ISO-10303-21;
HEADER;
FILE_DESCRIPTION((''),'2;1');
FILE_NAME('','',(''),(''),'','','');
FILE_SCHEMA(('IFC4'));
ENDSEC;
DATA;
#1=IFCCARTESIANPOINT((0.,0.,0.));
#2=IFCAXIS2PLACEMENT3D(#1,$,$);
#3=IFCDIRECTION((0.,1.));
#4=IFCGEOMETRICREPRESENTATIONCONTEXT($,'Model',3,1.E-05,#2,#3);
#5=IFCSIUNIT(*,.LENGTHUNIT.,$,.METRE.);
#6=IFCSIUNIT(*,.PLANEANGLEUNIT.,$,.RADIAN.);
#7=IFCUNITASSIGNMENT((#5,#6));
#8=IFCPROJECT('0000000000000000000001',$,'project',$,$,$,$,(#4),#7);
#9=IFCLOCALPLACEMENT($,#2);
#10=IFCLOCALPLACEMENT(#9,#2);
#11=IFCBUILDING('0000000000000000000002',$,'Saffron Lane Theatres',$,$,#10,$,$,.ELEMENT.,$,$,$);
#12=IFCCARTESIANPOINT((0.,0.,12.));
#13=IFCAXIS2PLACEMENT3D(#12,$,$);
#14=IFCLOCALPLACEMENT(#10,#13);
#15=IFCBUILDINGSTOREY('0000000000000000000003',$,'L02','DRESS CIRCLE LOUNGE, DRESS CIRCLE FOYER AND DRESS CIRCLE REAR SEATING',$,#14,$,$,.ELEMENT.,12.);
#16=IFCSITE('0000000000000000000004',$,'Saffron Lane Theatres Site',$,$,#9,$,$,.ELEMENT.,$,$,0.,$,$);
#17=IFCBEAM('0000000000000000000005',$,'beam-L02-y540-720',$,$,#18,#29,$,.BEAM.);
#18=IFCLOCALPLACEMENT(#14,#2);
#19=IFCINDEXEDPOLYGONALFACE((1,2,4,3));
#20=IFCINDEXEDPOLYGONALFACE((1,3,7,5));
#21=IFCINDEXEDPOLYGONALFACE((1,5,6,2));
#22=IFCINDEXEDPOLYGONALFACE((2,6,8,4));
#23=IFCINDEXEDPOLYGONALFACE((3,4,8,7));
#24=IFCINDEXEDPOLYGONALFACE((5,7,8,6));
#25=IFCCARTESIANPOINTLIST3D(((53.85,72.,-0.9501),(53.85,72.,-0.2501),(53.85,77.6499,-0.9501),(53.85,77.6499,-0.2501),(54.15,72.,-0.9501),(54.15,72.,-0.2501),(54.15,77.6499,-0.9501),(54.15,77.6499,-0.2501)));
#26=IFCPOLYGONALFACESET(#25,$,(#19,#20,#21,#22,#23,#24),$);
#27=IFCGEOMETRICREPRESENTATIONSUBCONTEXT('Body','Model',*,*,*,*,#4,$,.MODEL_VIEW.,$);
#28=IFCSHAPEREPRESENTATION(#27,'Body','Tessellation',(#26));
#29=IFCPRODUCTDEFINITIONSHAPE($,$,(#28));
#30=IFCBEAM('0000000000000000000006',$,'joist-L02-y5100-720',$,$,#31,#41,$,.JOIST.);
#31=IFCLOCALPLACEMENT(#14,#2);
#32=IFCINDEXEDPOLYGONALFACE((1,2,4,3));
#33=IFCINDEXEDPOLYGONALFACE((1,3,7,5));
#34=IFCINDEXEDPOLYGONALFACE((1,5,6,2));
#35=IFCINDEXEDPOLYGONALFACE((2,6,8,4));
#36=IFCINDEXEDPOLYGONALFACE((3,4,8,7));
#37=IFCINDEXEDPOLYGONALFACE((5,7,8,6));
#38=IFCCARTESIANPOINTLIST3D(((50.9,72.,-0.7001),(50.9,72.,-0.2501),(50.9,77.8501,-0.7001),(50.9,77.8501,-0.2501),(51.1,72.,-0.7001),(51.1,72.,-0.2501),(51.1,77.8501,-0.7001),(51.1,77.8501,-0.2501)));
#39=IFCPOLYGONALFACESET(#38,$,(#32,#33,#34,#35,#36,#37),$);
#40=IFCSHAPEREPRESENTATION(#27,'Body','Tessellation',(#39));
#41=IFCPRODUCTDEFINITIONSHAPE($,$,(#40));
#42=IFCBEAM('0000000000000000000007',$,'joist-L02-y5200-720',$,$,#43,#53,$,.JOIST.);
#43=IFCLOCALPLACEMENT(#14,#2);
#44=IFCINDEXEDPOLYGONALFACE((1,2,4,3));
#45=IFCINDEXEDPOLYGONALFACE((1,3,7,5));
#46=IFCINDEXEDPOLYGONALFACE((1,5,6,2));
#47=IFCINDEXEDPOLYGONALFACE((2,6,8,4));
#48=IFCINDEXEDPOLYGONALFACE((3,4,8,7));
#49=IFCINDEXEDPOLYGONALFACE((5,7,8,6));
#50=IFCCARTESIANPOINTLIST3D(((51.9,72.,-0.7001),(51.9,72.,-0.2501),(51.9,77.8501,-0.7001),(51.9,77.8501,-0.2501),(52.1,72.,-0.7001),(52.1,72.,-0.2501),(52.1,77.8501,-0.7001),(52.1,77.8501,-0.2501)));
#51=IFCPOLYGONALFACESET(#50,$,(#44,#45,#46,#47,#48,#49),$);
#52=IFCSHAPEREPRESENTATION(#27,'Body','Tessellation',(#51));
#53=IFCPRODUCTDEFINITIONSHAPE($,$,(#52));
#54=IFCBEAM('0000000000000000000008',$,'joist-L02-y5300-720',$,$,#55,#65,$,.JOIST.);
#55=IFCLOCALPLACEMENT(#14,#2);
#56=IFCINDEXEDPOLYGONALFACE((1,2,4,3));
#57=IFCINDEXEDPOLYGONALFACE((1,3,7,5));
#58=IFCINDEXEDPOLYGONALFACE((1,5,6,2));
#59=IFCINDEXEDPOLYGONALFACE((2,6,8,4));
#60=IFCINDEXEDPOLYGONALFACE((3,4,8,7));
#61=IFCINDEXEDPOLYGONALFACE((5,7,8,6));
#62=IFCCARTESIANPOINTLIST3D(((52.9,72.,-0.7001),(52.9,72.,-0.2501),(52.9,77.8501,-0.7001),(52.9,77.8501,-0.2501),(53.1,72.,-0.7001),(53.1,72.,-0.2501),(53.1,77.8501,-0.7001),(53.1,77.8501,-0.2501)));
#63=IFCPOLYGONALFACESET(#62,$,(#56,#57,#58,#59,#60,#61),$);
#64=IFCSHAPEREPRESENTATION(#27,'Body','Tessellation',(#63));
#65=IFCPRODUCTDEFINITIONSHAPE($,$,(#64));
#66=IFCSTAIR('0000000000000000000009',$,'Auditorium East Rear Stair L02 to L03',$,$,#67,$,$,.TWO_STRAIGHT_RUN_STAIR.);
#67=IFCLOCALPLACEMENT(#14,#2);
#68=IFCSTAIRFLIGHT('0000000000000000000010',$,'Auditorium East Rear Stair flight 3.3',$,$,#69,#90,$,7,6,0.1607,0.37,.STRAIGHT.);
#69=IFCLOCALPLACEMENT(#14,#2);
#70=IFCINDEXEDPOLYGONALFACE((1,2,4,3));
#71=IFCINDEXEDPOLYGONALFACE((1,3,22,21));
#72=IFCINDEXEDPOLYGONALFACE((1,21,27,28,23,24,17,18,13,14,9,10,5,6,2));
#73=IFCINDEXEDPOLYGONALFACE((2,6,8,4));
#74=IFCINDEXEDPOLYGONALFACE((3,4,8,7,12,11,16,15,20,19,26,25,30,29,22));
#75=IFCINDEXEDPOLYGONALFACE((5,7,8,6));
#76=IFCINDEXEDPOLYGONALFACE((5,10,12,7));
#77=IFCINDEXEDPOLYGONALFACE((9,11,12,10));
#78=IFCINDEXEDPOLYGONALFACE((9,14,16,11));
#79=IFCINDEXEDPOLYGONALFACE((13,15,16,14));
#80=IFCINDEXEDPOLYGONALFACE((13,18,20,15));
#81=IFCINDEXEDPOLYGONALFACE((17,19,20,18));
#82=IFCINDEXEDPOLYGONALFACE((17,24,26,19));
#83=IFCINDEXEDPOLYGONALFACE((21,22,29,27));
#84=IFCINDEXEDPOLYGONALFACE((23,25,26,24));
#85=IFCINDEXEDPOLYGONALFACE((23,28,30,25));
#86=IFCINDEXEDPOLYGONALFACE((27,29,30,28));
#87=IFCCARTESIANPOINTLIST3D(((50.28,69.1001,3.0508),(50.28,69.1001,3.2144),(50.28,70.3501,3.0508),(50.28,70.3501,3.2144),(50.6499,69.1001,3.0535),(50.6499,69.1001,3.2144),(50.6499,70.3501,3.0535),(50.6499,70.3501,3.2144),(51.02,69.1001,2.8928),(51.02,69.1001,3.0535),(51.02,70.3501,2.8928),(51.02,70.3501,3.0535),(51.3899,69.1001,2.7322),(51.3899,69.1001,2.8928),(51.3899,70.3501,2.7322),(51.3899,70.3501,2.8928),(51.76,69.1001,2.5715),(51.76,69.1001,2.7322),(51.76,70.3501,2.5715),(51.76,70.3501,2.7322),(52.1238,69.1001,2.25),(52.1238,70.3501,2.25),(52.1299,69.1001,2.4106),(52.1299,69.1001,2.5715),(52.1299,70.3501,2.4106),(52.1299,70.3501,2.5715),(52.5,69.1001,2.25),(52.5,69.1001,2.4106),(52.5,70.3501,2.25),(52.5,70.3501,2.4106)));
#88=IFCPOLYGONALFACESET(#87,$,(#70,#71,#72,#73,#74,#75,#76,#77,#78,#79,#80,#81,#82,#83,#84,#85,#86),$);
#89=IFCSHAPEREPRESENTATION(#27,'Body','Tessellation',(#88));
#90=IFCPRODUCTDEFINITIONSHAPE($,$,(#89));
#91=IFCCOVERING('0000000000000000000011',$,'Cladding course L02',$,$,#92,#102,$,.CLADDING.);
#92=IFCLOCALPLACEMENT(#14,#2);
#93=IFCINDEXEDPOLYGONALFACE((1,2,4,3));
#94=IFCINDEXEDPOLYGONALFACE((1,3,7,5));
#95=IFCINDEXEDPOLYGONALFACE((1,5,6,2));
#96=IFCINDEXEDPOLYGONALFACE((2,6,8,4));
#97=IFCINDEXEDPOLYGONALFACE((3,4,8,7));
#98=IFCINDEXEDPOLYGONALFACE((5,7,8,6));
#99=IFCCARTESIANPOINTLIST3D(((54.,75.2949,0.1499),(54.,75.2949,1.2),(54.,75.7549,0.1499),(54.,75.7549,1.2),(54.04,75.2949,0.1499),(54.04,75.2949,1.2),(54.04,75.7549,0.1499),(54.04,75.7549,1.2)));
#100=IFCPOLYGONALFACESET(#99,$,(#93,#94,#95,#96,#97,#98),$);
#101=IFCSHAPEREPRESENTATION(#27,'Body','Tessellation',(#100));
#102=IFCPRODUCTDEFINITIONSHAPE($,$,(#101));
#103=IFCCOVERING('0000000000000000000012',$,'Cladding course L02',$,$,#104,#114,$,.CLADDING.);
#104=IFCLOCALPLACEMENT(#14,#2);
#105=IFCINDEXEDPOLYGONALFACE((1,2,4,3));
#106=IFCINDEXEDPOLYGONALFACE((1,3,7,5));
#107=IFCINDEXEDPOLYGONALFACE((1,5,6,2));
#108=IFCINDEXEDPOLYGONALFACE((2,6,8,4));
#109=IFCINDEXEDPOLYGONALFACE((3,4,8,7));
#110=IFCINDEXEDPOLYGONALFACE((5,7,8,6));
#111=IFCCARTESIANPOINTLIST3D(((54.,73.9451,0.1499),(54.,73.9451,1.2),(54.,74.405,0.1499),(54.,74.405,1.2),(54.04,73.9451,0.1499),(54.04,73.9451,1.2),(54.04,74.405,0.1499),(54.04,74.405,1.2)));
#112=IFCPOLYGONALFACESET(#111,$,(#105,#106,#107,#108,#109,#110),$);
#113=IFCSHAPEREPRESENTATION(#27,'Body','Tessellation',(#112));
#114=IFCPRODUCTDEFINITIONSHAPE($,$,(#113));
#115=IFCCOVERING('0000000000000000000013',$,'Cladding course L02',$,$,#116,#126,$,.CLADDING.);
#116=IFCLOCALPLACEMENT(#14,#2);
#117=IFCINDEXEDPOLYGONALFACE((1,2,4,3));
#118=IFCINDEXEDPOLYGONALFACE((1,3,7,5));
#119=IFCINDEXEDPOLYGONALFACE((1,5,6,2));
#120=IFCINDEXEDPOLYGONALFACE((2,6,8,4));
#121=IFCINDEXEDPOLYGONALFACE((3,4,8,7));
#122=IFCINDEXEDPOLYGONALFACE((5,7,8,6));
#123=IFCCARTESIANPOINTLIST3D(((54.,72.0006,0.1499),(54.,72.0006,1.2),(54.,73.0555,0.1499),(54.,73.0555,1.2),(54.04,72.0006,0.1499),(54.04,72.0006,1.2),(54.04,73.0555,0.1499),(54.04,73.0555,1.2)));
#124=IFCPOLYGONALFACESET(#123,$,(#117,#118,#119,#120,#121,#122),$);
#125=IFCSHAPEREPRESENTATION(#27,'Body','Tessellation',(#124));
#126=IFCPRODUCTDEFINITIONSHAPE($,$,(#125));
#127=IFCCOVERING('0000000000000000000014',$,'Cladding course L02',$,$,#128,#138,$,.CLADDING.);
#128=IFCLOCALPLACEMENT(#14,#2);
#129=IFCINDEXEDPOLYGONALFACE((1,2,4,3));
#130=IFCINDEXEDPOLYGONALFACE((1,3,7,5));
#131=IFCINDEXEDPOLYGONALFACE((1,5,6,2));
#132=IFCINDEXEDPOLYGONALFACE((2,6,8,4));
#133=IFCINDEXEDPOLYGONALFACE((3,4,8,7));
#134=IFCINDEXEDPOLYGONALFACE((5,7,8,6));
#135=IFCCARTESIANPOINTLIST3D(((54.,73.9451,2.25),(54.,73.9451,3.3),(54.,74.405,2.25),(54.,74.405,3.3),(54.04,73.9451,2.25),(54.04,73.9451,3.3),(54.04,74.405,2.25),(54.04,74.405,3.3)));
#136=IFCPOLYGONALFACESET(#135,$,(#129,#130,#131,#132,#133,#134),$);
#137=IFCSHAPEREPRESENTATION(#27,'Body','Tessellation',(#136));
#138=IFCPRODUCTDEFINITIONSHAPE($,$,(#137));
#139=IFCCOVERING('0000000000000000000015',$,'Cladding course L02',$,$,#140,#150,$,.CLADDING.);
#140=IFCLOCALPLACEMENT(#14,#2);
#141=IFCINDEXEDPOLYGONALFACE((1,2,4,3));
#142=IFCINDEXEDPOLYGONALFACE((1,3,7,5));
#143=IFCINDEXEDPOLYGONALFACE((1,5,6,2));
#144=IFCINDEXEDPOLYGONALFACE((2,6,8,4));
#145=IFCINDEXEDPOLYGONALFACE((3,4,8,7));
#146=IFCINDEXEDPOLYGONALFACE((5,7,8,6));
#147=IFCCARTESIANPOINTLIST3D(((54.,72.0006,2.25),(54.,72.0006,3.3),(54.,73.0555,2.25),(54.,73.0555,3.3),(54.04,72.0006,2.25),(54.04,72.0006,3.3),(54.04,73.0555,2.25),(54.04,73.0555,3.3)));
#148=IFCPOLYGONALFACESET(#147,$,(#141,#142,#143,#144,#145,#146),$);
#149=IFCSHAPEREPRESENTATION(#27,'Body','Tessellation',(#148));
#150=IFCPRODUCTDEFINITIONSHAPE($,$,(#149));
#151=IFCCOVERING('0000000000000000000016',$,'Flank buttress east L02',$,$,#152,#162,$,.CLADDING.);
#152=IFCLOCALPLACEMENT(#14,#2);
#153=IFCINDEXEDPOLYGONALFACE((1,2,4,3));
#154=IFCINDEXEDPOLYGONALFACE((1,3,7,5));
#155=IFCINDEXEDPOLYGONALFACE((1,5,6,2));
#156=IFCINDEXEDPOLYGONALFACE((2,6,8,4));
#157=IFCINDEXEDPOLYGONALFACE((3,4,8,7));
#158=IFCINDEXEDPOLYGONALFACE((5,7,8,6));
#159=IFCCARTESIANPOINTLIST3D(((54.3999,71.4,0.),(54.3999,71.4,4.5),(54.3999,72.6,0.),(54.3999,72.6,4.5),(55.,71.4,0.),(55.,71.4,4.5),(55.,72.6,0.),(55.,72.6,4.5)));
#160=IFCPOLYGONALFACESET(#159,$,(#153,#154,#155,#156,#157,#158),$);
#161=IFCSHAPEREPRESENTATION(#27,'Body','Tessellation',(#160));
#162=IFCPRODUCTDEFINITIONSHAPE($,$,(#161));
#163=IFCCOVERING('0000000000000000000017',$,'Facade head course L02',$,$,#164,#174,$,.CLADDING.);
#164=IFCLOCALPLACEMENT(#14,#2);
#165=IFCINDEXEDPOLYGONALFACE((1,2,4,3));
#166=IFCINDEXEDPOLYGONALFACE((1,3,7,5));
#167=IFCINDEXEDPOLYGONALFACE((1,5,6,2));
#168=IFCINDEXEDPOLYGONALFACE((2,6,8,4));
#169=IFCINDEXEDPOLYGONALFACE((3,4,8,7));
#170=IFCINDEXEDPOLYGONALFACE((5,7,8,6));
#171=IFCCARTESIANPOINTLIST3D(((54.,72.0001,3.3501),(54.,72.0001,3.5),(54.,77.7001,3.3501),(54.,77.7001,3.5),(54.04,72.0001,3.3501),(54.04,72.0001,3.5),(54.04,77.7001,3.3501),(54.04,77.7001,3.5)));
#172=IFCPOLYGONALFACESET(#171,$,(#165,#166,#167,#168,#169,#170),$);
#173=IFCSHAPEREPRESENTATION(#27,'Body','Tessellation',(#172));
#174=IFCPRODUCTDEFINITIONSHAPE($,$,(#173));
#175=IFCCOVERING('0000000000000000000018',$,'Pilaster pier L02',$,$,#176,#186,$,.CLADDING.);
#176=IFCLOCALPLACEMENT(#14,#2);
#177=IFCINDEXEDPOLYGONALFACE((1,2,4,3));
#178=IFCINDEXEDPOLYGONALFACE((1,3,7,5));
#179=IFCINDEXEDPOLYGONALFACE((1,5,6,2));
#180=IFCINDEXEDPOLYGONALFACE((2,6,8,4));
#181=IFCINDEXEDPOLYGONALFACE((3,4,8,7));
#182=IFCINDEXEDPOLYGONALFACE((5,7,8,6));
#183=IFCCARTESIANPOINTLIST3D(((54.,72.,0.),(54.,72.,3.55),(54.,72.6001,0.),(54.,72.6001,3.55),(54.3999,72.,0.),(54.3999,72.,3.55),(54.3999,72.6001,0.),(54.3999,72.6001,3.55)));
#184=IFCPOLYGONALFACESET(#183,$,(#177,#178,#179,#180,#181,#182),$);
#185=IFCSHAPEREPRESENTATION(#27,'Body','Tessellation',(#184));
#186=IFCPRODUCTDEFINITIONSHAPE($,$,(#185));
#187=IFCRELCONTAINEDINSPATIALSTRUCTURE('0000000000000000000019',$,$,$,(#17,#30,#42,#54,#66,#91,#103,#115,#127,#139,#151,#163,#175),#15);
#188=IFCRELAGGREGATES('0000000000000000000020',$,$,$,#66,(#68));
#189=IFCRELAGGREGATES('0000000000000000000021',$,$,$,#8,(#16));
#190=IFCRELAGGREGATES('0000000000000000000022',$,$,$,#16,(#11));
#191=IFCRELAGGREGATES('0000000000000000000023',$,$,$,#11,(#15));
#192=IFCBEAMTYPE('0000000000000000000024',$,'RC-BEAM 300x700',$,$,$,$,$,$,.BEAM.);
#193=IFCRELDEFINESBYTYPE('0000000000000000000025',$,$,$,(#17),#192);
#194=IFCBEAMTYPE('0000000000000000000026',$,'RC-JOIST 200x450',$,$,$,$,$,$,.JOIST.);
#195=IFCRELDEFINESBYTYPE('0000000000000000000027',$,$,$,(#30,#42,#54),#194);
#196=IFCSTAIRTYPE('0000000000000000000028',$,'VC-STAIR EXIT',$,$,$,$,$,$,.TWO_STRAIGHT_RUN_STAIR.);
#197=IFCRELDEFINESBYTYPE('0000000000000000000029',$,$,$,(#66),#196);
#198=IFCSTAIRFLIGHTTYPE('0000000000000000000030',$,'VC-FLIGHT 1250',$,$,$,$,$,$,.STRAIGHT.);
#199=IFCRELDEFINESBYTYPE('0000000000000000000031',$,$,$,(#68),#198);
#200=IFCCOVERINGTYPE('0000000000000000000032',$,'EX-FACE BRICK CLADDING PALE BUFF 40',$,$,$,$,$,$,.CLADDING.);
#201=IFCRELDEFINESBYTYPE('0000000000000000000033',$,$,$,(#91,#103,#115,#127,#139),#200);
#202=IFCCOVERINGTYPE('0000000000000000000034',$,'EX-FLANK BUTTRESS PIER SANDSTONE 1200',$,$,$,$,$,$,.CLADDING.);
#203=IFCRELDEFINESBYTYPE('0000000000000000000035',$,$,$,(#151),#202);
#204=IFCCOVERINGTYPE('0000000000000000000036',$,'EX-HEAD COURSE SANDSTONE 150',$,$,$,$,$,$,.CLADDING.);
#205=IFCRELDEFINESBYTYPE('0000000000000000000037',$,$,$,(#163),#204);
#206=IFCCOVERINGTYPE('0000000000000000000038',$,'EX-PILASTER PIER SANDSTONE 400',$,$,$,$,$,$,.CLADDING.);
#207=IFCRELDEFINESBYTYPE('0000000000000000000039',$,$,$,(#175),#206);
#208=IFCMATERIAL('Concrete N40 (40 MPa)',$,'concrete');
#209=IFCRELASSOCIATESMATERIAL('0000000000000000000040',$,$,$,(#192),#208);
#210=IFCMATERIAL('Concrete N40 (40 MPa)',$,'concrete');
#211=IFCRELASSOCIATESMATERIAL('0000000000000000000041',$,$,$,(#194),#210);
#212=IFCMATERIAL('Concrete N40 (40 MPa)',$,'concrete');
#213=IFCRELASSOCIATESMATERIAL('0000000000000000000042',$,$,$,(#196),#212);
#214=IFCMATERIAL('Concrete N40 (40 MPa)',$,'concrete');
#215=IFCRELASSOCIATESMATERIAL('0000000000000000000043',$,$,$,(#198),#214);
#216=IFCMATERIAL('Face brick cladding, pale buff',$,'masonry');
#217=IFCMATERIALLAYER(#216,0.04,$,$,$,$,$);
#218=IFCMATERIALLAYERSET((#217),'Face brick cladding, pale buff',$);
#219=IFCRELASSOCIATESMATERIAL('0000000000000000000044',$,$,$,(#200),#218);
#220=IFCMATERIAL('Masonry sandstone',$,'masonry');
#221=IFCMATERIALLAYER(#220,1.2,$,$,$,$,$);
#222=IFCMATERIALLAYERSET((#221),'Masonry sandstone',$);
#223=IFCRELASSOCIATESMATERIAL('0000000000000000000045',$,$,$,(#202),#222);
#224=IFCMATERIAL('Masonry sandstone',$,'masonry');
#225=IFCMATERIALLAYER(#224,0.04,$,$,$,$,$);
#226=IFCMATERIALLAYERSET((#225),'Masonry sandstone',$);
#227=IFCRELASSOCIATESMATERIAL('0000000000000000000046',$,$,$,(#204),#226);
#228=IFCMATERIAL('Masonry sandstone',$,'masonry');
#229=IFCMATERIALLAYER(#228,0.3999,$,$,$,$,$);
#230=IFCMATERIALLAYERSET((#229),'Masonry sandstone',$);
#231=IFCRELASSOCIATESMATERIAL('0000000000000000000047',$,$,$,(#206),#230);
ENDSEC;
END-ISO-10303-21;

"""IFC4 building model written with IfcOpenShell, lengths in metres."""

from ifc_helpers import new_model, si_unit, direction, frame, origin, origin_2d, place, context, subcontext, project, spatial, polyline, rectangle, outline, extrude, material, layer, layer_set, material_profile, profile_set, type_object, element, aggregate, save


model = new_model("IFC4")

# Units and contexts
model_context = context("Model", 3, precision=1e-05, world=origin(), true_north=direction((0.0, 1.0)))
body_context = subcontext(model_context, "Body", "Model", "MODEL_VIEW")
ifc_project = project(units=[si_unit("LENGTHUNIT", "METRE"), si_unit("PLANEANGLEUNIT", "RADIAN")], contexts=[model_context])

# Site, building, storey
site_placement = place(None, origin())
site = spatial("IfcSite", under=ifc_project, at=site_placement, Name="Saffron Lane Theatres Site", CompositionType="ELEMENT", RefElevation=0.0)
building_placement = place(site_placement, origin())
building = spatial("IfcBuilding", under=site, at=building_placement, Name="Saffron Lane Theatres", CompositionType="ELEMENT")
storey_placement = place(building_placement, frame((0.0, 0.0, 12.0)))
storey = spatial("IfcBuildingStorey", under=building, at=storey_placement, Name="L02", Description="DRESS CIRCLE LOUNGE, DRESS CIRCLE FOYER AND DRESS CIRCLE REAR SEATING", CompositionType="ELEMENT", Elevation=12.0)

# Beams
ifc_material_1 = material(Name="Concrete N40 (40 MPa)", Category="concrete")
ifc_material_profile_1 = material_profile(ifc_material_1, rectangle(XDim=0.3, YDim=0.7, at=origin_2d()))
ifc_profile_set_1 = profile_set([ifc_material_profile_1], Name="Concrete N40 (40 MPa)")
beam_type_1 = type_object("IfcBeamType", Name="RC-BEAM 300x700", PredefinedType="BEAM", material=ifc_profile_set_1)
beam_placement = place(storey_placement, frame((54.0, 72.0, -0.6001), z_axis=(0.0, 1.0, 0.0), x_axis=(-1.0, 0.0, 0.0)))
element("IfcBeam", 1, at=beam_placement, inside=storey, type_object=beam_type_1, Name="beam-L02-y540-720", PredefinedType="BEAM", context=body_context, shape_type="SweptSolid", body=[
    extrude(rectangle(XDim=0.3, YDim=0.7, at=origin_2d()), origin(), (0.0, 0.0, 1.0), 5.6499),
])
ifc_material_2 = material(Name="Concrete N40 (40 MPa)", Category="concrete")
ifc_material_profile_2 = material_profile(ifc_material_2, rectangle(XDim=0.2, YDim=0.45, at=origin_2d()))
ifc_profile_set_2 = profile_set([ifc_material_profile_2], Name="Concrete N40 (40 MPa)")
beam_type_2 = type_object("IfcBeamType", Name="RC-JOIST 200x450", PredefinedType="JOIST", material=ifc_profile_set_2)
for number, where, z_axis, x_axis, name in (
    (2, (51.0, 72.0, -0.4751), (0.0, 1.0, 0.0), (-1.0, 0.0, 0.0), "joist-L02-y5100-720"),
    (3, (52.0, 72.0, -0.4751), (0.0, 1.0, 0.0), (-1.0, 0.0, 0.0), "joist-L02-y5200-720"),
    (4, (53.0, 72.0, -0.4751), (0.0, 1.0, 0.0), (-1.0, 0.0, 0.0), "joist-L02-y5300-720"),
):
    element("IfcBeam", number, at=place(storey_placement, frame(where, z_axis=z_axis, x_axis=x_axis)), inside=storey, type_object=beam_type_2, Name=name, PredefinedType="JOIST", context=body_context, shape_type="SweptSolid", body=[
        extrude(rectangle(XDim=0.2, YDim=0.45, at=origin_2d()), origin(), (0.0, 0.0, 1.0), 5.8501),
    ])

# Stair, stair flight
ifc_material_3 = material(Name="Concrete N40 (40 MPa)", Category="concrete")
stair_type = type_object("IfcStairType", Name="VC-STAIR EXIT", PredefinedType="TWO_STRAIGHT_RUN_STAIR", material=ifc_material_3)
stair_placement = place(storey_placement, origin())
stair = element("IfcStair", 5, at=stair_placement, inside=storey, type_object=stair_type, Name="Auditorium East Rear Stair L02 to L03", PredefinedType="TWO_STRAIGHT_RUN_STAIR")
ifc_material_4 = material(Name="Concrete N40 (40 MPa)", Category="concrete")
stair_flight_type = type_object("IfcStairFlightType", Name="VC-FLIGHT 1250", PredefinedType="STRAIGHT", material=ifc_material_4)
stair_flight_placement = place(storey_placement, frame((52.5, 69.7251, 2.25), z_axis=(0.0, 0.0, 1.0), x_axis=(-1.0, 0.0, 0.0)))
stair_flight = element("IfcStairFlight", 6, at=stair_flight_placement, type_object=stair_flight_type, Name="Auditorium East Rear Stair flight 3.3", NumberOfRisers=7, NumberOfTreads=6, PredefinedType="STRAIGHT", RiserHeight=0.1607, TreadLength=0.37, context=body_context, shape_type="SweptSolid", body=[
    extrude(outline(polyline([(0.0, 0.0), (0.0, 0.1606), (0.3701, 0.1606), (0.3701, 0.3215), (0.74, 0.3215), (0.74, 0.4822), (1.1101, 0.4822), (1.1101, 0.6428), (1.48, 0.6428), (1.48, 0.8035), (1.8501, 0.8035), (1.8501, 0.9644), (2.22, 0.9644), (2.22, 1.125), (2.22, 0.8008), (0.3762, 0.0), (0.0, 0.0)])), frame((0.0, 0.625, 0.0), z_axis=(0.0, -1.0, 0.0), x_axis=(1.0, 0.0, 0.0)), (0.0, 0.0, 1.0), 1.25),
])
aggregate(stair, [stair_flight])

# Coverings
ifc_material_5 = material(Name="Face brick cladding, pale buff", Category="masonry")
ifc_layer_1 = layer(ifc_material_5, 0.04)
ifc_layer_set_1 = layer_set([ifc_layer_1], Name="Face brick cladding, pale buff")
covering_type_1 = type_object("IfcCoveringType", Name="EX-FACE BRICK CLADDING PALE BUFF 40", PredefinedType="CLADDING", material=ifc_layer_set_1)
for number, where, z_axis, x_axis, name in (
    (7, (54.02, 75.5249, 0.1499), (0.0, 0.0, 1.0), (0.0, -1.0, 0.0), "Cladding course L02"),
    (8, (54.02, 74.175, 0.1499), (0.0, 0.0, 1.0), (0.0, -1.0, 0.0), "Cladding course L02"),
):
    element("IfcCovering", number, at=place(storey_placement, frame(where, z_axis=z_axis, x_axis=x_axis)), inside=storey, type_object=covering_type_1, Name=name, PredefinedType="CLADDING", context=body_context, shape_type="SweptSolid", body=[
        extrude(rectangle(XDim=0.46, YDim=0.04, at=origin_2d()), origin(), (0.0, 0.0, 1.0), 1.05),
    ])
covering_1_placement = place(storey_placement, frame((54.02, 72.5281, 0.1499), z_axis=(0.0, 0.0, 1.0), x_axis=(0.0, -1.0, 0.0)))
element("IfcCovering", 9, at=covering_1_placement, inside=storey, type_object=covering_type_1, Name="Cladding course L02", PredefinedType="CLADDING", context=body_context, shape_type="SweptSolid", body=[
    extrude(rectangle(XDim=1.0549, YDim=0.04, at=origin_2d()), origin(), (0.0, 0.0, 1.0), 1.05),
])
covering_2_placement = place(storey_placement, frame((54.02, 74.175, 2.25), z_axis=(0.0, 0.0, 1.0), x_axis=(0.0, -1.0, 0.0)))
element("IfcCovering", 10, at=covering_2_placement, inside=storey, type_object=covering_type_1, Name="Cladding course L02", PredefinedType="CLADDING", context=body_context, shape_type="SweptSolid", body=[
    extrude(rectangle(XDim=0.46, YDim=0.04, at=origin_2d()), origin(), (0.0, 0.0, 1.0), 1.05),
])
covering_3_placement = place(storey_placement, frame((54.02, 72.5281, 2.25), z_axis=(0.0, 0.0, 1.0), x_axis=(0.0, -1.0, 0.0)))
element("IfcCovering", 11, at=covering_3_placement, inside=storey, type_object=covering_type_1, Name="Cladding course L02", PredefinedType="CLADDING", context=body_context, shape_type="SweptSolid", body=[
    extrude(rectangle(XDim=1.0549, YDim=0.04, at=origin_2d()), origin(), (0.0, 0.0, 1.0), 1.05),
])
ifc_material_6 = material(Name="Masonry sandstone", Category="masonry")
ifc_layer_2 = layer(ifc_material_6, 1.2)
ifc_layer_set_2 = layer_set([ifc_layer_2], Name="Masonry sandstone")
covering_type_2 = type_object("IfcCoveringType", Name="EX-FLANK BUTTRESS PIER SANDSTONE 1200", PredefinedType="CLADDING", material=ifc_layer_set_2)
covering_4_placement = place(storey_placement, frame((54.7, 72.0, 0.0), z_axis=(0.0, 0.0, 1.0), x_axis=(0.0, 1.0, 0.0)))
element("IfcCovering", 12, at=covering_4_placement, inside=storey, type_object=covering_type_2, Name="Flank buttress east L02", PredefinedType="CLADDING", context=body_context, shape_type="SweptSolid", body=[
    extrude(rectangle(XDim=1.2, YDim=0.6001, at=origin_2d()), origin(), (0.0, 0.0, 1.0), 4.5),
])
ifc_material_7 = material(Name="Masonry sandstone", Category="masonry")
ifc_layer_3 = layer(ifc_material_7, 0.04)
ifc_layer_set_3 = layer_set([ifc_layer_3], Name="Masonry sandstone")
covering_type_3 = type_object("IfcCoveringType", Name="EX-HEAD COURSE SANDSTONE 150", PredefinedType="CLADDING", material=ifc_layer_set_3)
covering_5_placement = place(storey_placement, frame((54.02, 74.8501, 3.3501), z_axis=(0.0, 0.0, 1.0), x_axis=(0.0, -1.0, 0.0)))
element("IfcCovering", 13, at=covering_5_placement, inside=storey, type_object=covering_type_3, Name="Facade head course L02", PredefinedType="CLADDING", context=body_context, shape_type="SweptSolid", body=[
    extrude(rectangle(XDim=5.7, YDim=0.04, at=origin_2d()), origin(), (0.0, 0.0, 1.0), 0.1499),
])
ifc_material_8 = material(Name="Masonry sandstone", Category="masonry")
ifc_layer_4 = layer(ifc_material_8, 0.3999)
ifc_layer_set_4 = layer_set([ifc_layer_4], Name="Masonry sandstone")
covering_type_4 = type_object("IfcCoveringType", Name="EX-PILASTER PIER SANDSTONE 400", PredefinedType="CLADDING", material=ifc_layer_set_4)
covering_6_placement = place(storey_placement, frame((54.2, 72.3, 0.0), z_axis=(0.0, 0.0, 1.0), x_axis=(0.0, -1.0, 0.0)))
element("IfcCovering", 14, at=covering_6_placement, inside=storey, type_object=covering_type_4, Name="Pilaster pier L02", PredefinedType="CLADDING", context=body_context, shape_type="SweptSolid", body=[
    extrude(rectangle(XDim=0.6001, YDim=0.3999, at=origin_2d()), origin(), (0.0, 0.0, 1.0), 3.55),
])

save(model, "model.ifc")
